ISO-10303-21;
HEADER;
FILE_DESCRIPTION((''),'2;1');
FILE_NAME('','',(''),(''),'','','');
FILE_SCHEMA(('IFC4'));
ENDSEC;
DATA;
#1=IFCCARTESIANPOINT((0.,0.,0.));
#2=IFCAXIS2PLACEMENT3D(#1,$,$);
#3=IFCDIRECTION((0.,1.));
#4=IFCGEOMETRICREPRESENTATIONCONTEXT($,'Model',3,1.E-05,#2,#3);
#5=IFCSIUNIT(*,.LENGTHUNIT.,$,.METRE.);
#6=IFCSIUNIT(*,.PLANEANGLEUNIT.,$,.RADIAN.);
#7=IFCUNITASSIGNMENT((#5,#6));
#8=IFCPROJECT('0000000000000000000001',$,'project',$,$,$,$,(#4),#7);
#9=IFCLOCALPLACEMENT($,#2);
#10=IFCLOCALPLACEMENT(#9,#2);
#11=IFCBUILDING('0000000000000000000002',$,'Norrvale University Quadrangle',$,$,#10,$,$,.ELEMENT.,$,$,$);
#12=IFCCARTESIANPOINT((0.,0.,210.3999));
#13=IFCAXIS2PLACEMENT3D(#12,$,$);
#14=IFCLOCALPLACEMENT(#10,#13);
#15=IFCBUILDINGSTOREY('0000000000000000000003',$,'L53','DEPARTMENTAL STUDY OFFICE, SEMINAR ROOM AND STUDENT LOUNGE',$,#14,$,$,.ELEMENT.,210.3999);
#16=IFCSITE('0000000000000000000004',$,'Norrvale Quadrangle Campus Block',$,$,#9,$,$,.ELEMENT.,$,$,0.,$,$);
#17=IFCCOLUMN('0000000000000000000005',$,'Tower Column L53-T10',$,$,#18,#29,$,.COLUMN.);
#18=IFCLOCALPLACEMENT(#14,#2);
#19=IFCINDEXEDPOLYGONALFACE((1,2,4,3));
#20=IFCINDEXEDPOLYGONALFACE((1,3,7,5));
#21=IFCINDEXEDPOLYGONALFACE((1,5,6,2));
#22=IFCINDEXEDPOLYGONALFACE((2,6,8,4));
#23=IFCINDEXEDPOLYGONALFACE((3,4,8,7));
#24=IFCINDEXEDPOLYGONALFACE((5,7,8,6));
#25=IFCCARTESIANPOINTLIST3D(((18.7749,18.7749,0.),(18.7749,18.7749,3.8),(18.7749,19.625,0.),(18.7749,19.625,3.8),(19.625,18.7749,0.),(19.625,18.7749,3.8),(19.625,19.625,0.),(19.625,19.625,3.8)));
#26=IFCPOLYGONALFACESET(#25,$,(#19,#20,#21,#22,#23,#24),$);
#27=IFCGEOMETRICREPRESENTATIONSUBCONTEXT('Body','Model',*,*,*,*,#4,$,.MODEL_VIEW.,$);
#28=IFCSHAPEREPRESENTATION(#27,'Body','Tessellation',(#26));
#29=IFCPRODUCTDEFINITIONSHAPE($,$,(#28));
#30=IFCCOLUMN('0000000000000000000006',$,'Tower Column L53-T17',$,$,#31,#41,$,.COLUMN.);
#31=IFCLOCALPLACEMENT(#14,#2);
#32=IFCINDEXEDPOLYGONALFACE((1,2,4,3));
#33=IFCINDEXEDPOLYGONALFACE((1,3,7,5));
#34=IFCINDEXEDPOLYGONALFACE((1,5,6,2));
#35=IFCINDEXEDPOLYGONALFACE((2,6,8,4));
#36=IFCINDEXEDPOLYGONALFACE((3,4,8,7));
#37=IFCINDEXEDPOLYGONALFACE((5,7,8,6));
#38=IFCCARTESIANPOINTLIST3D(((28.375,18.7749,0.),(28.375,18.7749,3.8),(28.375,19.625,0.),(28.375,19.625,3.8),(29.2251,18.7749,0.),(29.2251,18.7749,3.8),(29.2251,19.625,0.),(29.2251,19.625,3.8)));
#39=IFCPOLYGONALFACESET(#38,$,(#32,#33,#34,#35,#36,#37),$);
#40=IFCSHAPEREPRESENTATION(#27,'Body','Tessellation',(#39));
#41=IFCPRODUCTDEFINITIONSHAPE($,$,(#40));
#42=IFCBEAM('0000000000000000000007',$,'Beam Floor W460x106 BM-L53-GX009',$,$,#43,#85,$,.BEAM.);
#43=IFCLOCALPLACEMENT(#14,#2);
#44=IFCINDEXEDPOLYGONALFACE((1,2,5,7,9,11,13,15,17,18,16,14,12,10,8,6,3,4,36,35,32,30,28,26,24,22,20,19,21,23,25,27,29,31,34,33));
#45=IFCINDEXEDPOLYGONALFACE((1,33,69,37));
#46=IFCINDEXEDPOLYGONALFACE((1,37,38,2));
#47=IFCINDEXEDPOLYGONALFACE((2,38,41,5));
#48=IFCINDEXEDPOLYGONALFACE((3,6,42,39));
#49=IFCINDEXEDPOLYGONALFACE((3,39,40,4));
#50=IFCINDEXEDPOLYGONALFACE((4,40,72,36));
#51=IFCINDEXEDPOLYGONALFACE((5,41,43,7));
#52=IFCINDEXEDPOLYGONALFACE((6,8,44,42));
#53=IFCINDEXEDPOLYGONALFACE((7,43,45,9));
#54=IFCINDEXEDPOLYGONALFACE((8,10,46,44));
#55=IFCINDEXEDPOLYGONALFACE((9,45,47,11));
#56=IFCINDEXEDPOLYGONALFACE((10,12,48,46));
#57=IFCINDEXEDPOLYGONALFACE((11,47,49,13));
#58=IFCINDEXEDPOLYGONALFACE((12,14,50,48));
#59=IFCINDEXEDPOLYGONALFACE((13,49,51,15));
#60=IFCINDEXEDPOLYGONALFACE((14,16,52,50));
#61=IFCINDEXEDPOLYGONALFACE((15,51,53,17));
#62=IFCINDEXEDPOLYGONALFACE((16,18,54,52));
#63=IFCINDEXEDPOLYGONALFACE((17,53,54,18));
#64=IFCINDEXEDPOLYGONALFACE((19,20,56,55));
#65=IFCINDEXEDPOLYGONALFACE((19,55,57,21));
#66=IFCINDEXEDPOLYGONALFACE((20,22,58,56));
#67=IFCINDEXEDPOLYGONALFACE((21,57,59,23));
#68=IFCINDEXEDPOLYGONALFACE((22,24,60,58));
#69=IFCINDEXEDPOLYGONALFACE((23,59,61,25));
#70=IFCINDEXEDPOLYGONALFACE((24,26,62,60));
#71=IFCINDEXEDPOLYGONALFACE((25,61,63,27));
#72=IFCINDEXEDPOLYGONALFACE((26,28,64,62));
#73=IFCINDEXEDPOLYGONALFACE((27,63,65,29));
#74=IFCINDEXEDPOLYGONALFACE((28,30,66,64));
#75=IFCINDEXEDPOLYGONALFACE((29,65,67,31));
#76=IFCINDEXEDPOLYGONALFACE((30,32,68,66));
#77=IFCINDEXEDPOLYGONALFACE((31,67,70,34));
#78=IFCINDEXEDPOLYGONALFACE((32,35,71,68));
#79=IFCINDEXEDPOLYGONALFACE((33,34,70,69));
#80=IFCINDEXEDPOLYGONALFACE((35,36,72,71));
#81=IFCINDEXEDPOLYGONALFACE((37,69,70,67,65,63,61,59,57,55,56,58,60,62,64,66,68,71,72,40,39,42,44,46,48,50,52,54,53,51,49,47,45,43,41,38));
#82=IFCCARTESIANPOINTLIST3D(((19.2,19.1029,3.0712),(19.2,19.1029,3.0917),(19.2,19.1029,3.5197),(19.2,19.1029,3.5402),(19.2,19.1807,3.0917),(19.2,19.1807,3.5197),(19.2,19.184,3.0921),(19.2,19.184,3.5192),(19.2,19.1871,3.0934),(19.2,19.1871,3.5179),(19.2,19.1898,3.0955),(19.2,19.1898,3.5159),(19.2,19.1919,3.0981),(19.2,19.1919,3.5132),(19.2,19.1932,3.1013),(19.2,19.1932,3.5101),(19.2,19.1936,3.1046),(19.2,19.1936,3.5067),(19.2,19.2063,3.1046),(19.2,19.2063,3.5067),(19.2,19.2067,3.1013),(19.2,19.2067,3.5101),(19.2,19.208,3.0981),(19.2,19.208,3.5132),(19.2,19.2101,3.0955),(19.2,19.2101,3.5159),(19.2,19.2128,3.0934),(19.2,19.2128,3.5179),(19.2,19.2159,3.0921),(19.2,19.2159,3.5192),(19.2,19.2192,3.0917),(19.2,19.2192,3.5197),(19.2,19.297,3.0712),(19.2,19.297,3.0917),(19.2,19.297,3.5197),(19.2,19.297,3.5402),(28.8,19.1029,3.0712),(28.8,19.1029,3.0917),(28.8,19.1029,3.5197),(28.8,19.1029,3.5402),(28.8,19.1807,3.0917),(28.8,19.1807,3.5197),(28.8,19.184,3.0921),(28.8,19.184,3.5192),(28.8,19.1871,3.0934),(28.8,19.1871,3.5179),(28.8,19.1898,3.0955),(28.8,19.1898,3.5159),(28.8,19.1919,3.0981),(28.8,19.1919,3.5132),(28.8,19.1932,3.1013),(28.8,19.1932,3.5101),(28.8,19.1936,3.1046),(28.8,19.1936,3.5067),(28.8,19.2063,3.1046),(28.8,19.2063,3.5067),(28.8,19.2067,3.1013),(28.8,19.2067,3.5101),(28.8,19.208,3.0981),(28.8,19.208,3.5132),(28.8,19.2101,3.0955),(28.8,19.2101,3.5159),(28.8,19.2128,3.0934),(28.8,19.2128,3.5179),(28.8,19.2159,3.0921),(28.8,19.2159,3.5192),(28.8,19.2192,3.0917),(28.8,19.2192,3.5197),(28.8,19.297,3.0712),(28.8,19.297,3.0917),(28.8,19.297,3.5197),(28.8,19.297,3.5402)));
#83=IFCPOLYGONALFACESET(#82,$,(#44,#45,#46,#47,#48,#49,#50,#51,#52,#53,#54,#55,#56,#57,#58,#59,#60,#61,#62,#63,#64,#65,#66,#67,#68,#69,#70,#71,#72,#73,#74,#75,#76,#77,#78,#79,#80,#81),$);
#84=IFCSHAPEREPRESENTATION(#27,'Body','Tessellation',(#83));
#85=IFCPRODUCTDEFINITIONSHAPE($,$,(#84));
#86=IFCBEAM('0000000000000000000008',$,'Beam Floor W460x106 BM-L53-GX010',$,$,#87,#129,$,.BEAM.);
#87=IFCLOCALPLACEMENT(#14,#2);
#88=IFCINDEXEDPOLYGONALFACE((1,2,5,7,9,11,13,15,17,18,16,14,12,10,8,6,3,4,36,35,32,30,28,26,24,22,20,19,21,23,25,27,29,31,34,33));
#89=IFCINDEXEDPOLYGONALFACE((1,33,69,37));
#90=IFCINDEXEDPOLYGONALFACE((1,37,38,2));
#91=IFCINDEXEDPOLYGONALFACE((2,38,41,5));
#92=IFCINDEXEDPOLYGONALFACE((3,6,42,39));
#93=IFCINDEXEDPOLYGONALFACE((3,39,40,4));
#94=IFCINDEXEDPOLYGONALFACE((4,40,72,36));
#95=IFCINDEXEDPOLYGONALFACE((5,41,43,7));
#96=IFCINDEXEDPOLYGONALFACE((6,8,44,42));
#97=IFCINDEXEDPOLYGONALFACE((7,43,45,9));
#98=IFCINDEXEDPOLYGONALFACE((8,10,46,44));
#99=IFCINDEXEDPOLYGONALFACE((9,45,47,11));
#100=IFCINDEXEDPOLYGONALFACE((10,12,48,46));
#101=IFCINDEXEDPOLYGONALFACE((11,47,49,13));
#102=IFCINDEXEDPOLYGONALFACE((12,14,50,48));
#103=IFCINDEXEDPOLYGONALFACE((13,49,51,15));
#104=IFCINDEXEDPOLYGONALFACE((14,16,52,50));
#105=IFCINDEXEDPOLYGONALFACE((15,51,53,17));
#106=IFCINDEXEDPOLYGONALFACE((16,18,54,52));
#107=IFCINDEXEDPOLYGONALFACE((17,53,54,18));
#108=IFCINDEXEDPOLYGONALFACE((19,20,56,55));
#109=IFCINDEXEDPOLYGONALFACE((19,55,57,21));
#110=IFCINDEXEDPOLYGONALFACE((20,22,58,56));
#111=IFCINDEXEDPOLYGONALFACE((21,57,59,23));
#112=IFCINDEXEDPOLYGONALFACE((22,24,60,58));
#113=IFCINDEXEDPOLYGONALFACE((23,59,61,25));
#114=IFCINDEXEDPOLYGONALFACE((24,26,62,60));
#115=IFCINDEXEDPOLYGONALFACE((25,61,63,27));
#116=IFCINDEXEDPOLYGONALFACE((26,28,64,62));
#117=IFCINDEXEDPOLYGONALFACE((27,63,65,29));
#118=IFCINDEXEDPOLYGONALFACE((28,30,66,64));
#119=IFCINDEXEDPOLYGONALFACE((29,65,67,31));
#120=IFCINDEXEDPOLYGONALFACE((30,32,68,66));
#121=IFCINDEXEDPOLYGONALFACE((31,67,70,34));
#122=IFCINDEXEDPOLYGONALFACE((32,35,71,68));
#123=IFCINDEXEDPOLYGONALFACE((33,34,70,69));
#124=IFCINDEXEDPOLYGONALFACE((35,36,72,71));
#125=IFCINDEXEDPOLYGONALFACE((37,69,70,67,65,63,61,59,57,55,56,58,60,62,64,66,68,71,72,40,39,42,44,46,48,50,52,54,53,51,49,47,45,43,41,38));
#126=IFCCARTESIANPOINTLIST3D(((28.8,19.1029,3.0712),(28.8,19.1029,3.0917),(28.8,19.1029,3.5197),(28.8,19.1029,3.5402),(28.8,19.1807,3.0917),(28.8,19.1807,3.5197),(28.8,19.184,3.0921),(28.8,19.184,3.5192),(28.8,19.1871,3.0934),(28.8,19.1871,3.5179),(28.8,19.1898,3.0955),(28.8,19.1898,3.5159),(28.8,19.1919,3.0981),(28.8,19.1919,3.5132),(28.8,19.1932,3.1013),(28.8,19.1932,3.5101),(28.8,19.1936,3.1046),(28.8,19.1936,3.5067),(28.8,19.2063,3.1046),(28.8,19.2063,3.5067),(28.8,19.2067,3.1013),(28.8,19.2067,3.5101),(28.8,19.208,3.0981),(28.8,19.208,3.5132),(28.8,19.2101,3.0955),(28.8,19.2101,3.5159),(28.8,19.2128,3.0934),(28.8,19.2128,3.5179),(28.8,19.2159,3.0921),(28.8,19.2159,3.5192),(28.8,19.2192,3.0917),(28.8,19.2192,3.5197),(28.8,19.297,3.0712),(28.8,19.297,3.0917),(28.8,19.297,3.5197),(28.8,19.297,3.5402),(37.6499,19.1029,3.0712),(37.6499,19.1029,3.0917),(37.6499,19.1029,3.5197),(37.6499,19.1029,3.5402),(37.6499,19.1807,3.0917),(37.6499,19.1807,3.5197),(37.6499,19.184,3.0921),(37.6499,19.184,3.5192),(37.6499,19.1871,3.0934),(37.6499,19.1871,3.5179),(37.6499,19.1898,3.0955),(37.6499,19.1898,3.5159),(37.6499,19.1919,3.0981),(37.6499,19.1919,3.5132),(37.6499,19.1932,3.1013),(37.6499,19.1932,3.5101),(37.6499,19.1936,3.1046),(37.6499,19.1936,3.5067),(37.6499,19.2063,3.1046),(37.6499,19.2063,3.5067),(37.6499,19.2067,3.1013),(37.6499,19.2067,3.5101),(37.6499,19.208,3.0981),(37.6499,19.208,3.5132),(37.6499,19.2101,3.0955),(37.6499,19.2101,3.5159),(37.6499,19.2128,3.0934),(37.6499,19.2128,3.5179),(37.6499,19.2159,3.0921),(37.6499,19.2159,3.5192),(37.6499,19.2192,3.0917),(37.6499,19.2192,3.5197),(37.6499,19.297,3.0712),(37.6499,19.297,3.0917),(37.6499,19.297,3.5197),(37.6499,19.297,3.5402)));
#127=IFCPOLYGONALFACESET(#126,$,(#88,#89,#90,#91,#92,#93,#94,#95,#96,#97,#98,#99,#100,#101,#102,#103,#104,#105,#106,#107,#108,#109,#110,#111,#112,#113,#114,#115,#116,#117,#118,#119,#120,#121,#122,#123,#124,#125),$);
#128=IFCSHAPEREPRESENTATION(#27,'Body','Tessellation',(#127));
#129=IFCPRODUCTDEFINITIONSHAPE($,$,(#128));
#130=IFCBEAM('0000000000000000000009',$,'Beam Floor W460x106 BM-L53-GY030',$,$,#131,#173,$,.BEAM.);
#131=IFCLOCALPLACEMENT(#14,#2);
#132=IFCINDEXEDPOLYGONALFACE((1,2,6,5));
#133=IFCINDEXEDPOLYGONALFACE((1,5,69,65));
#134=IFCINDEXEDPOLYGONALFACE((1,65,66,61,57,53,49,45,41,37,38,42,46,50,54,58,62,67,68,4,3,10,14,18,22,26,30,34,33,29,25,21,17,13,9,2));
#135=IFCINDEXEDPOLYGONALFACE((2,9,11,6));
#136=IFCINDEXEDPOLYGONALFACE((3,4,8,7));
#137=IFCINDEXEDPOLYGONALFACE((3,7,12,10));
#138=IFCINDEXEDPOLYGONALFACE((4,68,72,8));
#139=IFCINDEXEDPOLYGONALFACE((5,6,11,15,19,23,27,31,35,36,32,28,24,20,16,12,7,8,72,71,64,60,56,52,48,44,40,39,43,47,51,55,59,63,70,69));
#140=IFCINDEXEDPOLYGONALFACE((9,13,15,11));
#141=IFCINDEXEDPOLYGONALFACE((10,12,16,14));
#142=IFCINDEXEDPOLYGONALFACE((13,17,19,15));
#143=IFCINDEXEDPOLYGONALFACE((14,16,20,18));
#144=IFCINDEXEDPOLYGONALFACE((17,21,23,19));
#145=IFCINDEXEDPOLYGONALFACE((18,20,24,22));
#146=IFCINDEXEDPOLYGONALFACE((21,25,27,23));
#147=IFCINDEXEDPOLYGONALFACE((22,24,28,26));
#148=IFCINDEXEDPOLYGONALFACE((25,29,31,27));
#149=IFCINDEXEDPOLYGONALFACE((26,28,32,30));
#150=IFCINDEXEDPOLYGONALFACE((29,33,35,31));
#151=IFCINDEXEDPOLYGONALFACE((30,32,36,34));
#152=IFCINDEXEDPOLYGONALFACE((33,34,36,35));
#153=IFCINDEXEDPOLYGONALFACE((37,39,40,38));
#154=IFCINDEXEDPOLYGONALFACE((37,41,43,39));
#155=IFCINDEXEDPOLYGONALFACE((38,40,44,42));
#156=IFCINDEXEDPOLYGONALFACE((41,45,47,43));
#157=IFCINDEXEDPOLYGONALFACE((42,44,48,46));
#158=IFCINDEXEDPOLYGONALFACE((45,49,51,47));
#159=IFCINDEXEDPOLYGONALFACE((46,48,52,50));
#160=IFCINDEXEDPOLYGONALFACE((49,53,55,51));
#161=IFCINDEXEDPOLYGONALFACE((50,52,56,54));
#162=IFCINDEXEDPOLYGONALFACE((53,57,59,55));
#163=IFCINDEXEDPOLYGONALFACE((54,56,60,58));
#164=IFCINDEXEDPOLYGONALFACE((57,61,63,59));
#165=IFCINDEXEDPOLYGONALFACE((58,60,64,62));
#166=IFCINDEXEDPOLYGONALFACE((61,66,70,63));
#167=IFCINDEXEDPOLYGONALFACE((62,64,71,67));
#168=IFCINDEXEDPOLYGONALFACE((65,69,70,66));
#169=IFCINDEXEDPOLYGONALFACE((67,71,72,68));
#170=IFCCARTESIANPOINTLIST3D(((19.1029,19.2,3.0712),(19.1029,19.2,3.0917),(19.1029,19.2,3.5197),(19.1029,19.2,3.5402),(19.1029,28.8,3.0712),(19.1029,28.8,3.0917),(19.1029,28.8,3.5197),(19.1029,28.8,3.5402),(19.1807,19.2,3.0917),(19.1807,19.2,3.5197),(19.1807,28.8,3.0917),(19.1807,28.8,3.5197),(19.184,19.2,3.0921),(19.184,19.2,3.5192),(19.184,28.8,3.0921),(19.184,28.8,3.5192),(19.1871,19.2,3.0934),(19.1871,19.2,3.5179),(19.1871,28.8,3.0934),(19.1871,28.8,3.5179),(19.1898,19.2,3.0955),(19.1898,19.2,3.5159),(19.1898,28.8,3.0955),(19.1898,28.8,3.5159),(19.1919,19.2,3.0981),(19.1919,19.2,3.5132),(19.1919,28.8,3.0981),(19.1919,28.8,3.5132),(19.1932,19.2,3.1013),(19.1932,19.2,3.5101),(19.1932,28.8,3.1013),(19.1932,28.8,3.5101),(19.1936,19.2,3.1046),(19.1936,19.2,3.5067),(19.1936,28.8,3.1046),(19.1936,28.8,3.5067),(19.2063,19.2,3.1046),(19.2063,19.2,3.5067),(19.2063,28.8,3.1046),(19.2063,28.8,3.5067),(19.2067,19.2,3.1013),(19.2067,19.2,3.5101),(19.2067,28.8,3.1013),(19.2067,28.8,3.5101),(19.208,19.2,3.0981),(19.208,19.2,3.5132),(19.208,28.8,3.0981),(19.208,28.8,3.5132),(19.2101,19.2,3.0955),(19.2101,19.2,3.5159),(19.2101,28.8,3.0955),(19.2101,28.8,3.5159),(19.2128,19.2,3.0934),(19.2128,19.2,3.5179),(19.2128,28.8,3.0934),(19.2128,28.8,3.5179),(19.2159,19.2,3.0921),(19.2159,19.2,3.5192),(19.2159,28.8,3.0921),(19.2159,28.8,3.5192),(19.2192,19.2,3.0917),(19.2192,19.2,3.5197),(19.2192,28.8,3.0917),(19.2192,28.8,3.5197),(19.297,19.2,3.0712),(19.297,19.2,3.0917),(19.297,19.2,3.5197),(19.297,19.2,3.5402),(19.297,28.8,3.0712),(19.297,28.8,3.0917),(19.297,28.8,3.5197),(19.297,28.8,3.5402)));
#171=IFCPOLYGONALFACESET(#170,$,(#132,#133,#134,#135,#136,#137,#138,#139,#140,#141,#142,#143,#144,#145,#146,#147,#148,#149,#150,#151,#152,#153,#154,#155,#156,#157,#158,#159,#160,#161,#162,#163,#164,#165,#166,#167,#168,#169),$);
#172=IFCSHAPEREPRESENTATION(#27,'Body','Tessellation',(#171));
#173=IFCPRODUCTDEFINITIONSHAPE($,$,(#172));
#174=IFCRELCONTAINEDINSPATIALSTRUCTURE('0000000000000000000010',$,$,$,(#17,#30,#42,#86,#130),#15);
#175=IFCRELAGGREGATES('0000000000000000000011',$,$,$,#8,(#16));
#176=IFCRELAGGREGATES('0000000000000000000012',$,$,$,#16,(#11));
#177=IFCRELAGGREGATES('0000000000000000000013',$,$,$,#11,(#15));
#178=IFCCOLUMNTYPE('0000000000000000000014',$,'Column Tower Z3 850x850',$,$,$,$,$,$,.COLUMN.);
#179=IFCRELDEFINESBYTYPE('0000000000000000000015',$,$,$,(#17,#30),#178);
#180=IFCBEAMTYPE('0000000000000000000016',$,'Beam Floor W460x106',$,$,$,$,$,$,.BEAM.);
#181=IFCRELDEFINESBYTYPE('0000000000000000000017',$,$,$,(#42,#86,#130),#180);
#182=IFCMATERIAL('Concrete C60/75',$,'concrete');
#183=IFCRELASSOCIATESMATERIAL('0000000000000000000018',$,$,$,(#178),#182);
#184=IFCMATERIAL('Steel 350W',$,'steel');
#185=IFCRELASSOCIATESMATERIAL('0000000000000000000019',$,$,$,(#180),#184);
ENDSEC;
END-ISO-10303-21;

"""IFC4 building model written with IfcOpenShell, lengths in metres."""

from ifc_helpers import new_model, si_unit, direction, frame, origin, origin_2d, place, context, subcontext, project, spatial, rectangle, i_section, extrude, material, material_profile, profile_set, type_object, element, save


model = new_model("IFC4")

# Units and contexts
model_context = context("Model", 3, precision=1e-05, world=origin(), true_north=direction((0.0, 1.0)))
body_context = subcontext(model_context, "Body", "Model", "MODEL_VIEW")
ifc_project = project(units=[si_unit("LENGTHUNIT", "METRE"), si_unit("PLANEANGLEUNIT", "RADIAN")], contexts=[model_context])

# Site, building, storey
site_placement = place(None, origin())
site = spatial("IfcSite", under=ifc_project, at=site_placement, Name="Norrvale Quadrangle Campus Block", CompositionType="ELEMENT", RefElevation=0.0)
building_placement = place(site_placement, origin())
building = spatial("IfcBuilding", under=site, at=building_placement, Name="Norrvale University Quadrangle", CompositionType="ELEMENT")
storey_placement = place(building_placement, frame((0.0, 0.0, 210.3999)))
storey = spatial("IfcBuildingStorey", under=building, at=storey_placement, Name="L53", Description="DEPARTMENTAL STUDY OFFICE, SEMINAR ROOM AND STUDENT LOUNGE", CompositionType="ELEMENT", Elevation=210.3999)

# Columns
ifc_material_1 = material(Name="Concrete C60/75", Category="concrete")
ifc_material_profile_1 = material_profile(ifc_material_1, rectangle(XDim=0.8501, YDim=0.8501, at=origin_2d()), Name="Concrete C60/75")
ifc_profile_set_1 = profile_set([ifc_material_profile_1], Name="Concrete C60/75")
column_type = type_object("IfcColumnType", Name="Column Tower Z3 850x850", PredefinedType="COLUMN", material=ifc_profile_set_1)
for number, where, z_axis, x_axis, name in (
    (1, (19.2, 19.2, 0.0), (0.0, 0.0, 1.0), (1.0, 0.0, 0.0), "Tower Column L53-T10"),
    (2, (28.8, 19.2, 0.0), (0.0, 0.0, 1.0), (1.0, 0.0, 0.0), "Tower Column L53-T17"),
):
    element("IfcColumn", number, at=place(storey_placement, frame(where, z_axis=z_axis, x_axis=x_axis)), inside=storey, type_object=column_type, Name=name, PredefinedType="COLUMN", context=body_context, shape_type="SweptSolid", body=[
        extrude(rectangle(XDim=0.8501, YDim=0.8501, at=origin_2d()), origin(), (0.0, 0.0, 1.0), 3.8),
    ])

# Beams
ifc_material_2 = material(Name="Steel 350W", Category="steel")
ifc_material_profile_2 = material_profile(ifc_material_2, i_section(OverallWidth=0.1941, OverallDepth=0.469, WebThickness=0.0127, FlangeThickness=0.0205, FilletRadius=0.0129, at=origin_2d()), Name="Steel 350W")
ifc_profile_set_2 = profile_set([ifc_material_profile_2], Name="Steel 350W")
beam_type_1 = type_object("IfcBeamType", Name="Beam Floor W460x106", PredefinedType="BEAM", material=ifc_profile_set_2)
beam_1_placement = place(storey_placement, frame((19.2, 19.2, 3.3057), z_axis=(1.0, 0.0, 0.0), x_axis=(0.0, 1.0, 0.0)))
element("IfcBeam", 3, at=beam_1_placement, inside=storey, type_object=beam_type_1, Name="Beam Floor W460x106 BM-L53-GX009", PredefinedType="BEAM", context=body_context, shape_type="SweptSolid", body=[
    extrude(i_section(OverallWidth=0.1941, OverallDepth=0.469, WebThickness=0.0127, FlangeThickness=0.0205, FilletRadius=0.0129, at=origin_2d()), origin(), (0.0, 0.0, 1.0), 9.6001),
])
beam_2_placement = place(storey_placement, frame((28.8, 19.2, 3.3057), z_axis=(1.0, 0.0, 0.0), x_axis=(0.0, 1.0, 0.0)))
element("IfcBeam", 4, at=beam_2_placement, inside=storey, type_object=beam_type_1, Name="Beam Floor W460x106 BM-L53-GX010", PredefinedType="BEAM", context=body_context, shape_type="SweptSolid", body=[
    extrude(i_section(OverallWidth=0.1941, OverallDepth=0.469, WebThickness=0.0127, FlangeThickness=0.0205, FilletRadius=0.0129, at=origin_2d()), origin(), (0.0, 0.0, 1.0), 8.8499),
])
beam_3_placement = place(storey_placement, frame((19.2, 19.2, 3.3057), z_axis=(0.0, 1.0, 0.0), x_axis=(-1.0, 0.0, 0.0)))
element("IfcBeam", 5, at=beam_3_placement, inside=storey, type_object=beam_type_1, Name="Beam Floor W460x106 BM-L53-GY030", PredefinedType="BEAM", context=body_context, shape_type="SweptSolid", body=[
    extrude(i_section(OverallWidth=0.1941, OverallDepth=0.469, WebThickness=0.0127, FlangeThickness=0.0205, FilletRadius=0.0129, at=origin_2d()), origin(), (0.0, 0.0, 1.0), 9.6001),
])

save(model, "model.ifc")
